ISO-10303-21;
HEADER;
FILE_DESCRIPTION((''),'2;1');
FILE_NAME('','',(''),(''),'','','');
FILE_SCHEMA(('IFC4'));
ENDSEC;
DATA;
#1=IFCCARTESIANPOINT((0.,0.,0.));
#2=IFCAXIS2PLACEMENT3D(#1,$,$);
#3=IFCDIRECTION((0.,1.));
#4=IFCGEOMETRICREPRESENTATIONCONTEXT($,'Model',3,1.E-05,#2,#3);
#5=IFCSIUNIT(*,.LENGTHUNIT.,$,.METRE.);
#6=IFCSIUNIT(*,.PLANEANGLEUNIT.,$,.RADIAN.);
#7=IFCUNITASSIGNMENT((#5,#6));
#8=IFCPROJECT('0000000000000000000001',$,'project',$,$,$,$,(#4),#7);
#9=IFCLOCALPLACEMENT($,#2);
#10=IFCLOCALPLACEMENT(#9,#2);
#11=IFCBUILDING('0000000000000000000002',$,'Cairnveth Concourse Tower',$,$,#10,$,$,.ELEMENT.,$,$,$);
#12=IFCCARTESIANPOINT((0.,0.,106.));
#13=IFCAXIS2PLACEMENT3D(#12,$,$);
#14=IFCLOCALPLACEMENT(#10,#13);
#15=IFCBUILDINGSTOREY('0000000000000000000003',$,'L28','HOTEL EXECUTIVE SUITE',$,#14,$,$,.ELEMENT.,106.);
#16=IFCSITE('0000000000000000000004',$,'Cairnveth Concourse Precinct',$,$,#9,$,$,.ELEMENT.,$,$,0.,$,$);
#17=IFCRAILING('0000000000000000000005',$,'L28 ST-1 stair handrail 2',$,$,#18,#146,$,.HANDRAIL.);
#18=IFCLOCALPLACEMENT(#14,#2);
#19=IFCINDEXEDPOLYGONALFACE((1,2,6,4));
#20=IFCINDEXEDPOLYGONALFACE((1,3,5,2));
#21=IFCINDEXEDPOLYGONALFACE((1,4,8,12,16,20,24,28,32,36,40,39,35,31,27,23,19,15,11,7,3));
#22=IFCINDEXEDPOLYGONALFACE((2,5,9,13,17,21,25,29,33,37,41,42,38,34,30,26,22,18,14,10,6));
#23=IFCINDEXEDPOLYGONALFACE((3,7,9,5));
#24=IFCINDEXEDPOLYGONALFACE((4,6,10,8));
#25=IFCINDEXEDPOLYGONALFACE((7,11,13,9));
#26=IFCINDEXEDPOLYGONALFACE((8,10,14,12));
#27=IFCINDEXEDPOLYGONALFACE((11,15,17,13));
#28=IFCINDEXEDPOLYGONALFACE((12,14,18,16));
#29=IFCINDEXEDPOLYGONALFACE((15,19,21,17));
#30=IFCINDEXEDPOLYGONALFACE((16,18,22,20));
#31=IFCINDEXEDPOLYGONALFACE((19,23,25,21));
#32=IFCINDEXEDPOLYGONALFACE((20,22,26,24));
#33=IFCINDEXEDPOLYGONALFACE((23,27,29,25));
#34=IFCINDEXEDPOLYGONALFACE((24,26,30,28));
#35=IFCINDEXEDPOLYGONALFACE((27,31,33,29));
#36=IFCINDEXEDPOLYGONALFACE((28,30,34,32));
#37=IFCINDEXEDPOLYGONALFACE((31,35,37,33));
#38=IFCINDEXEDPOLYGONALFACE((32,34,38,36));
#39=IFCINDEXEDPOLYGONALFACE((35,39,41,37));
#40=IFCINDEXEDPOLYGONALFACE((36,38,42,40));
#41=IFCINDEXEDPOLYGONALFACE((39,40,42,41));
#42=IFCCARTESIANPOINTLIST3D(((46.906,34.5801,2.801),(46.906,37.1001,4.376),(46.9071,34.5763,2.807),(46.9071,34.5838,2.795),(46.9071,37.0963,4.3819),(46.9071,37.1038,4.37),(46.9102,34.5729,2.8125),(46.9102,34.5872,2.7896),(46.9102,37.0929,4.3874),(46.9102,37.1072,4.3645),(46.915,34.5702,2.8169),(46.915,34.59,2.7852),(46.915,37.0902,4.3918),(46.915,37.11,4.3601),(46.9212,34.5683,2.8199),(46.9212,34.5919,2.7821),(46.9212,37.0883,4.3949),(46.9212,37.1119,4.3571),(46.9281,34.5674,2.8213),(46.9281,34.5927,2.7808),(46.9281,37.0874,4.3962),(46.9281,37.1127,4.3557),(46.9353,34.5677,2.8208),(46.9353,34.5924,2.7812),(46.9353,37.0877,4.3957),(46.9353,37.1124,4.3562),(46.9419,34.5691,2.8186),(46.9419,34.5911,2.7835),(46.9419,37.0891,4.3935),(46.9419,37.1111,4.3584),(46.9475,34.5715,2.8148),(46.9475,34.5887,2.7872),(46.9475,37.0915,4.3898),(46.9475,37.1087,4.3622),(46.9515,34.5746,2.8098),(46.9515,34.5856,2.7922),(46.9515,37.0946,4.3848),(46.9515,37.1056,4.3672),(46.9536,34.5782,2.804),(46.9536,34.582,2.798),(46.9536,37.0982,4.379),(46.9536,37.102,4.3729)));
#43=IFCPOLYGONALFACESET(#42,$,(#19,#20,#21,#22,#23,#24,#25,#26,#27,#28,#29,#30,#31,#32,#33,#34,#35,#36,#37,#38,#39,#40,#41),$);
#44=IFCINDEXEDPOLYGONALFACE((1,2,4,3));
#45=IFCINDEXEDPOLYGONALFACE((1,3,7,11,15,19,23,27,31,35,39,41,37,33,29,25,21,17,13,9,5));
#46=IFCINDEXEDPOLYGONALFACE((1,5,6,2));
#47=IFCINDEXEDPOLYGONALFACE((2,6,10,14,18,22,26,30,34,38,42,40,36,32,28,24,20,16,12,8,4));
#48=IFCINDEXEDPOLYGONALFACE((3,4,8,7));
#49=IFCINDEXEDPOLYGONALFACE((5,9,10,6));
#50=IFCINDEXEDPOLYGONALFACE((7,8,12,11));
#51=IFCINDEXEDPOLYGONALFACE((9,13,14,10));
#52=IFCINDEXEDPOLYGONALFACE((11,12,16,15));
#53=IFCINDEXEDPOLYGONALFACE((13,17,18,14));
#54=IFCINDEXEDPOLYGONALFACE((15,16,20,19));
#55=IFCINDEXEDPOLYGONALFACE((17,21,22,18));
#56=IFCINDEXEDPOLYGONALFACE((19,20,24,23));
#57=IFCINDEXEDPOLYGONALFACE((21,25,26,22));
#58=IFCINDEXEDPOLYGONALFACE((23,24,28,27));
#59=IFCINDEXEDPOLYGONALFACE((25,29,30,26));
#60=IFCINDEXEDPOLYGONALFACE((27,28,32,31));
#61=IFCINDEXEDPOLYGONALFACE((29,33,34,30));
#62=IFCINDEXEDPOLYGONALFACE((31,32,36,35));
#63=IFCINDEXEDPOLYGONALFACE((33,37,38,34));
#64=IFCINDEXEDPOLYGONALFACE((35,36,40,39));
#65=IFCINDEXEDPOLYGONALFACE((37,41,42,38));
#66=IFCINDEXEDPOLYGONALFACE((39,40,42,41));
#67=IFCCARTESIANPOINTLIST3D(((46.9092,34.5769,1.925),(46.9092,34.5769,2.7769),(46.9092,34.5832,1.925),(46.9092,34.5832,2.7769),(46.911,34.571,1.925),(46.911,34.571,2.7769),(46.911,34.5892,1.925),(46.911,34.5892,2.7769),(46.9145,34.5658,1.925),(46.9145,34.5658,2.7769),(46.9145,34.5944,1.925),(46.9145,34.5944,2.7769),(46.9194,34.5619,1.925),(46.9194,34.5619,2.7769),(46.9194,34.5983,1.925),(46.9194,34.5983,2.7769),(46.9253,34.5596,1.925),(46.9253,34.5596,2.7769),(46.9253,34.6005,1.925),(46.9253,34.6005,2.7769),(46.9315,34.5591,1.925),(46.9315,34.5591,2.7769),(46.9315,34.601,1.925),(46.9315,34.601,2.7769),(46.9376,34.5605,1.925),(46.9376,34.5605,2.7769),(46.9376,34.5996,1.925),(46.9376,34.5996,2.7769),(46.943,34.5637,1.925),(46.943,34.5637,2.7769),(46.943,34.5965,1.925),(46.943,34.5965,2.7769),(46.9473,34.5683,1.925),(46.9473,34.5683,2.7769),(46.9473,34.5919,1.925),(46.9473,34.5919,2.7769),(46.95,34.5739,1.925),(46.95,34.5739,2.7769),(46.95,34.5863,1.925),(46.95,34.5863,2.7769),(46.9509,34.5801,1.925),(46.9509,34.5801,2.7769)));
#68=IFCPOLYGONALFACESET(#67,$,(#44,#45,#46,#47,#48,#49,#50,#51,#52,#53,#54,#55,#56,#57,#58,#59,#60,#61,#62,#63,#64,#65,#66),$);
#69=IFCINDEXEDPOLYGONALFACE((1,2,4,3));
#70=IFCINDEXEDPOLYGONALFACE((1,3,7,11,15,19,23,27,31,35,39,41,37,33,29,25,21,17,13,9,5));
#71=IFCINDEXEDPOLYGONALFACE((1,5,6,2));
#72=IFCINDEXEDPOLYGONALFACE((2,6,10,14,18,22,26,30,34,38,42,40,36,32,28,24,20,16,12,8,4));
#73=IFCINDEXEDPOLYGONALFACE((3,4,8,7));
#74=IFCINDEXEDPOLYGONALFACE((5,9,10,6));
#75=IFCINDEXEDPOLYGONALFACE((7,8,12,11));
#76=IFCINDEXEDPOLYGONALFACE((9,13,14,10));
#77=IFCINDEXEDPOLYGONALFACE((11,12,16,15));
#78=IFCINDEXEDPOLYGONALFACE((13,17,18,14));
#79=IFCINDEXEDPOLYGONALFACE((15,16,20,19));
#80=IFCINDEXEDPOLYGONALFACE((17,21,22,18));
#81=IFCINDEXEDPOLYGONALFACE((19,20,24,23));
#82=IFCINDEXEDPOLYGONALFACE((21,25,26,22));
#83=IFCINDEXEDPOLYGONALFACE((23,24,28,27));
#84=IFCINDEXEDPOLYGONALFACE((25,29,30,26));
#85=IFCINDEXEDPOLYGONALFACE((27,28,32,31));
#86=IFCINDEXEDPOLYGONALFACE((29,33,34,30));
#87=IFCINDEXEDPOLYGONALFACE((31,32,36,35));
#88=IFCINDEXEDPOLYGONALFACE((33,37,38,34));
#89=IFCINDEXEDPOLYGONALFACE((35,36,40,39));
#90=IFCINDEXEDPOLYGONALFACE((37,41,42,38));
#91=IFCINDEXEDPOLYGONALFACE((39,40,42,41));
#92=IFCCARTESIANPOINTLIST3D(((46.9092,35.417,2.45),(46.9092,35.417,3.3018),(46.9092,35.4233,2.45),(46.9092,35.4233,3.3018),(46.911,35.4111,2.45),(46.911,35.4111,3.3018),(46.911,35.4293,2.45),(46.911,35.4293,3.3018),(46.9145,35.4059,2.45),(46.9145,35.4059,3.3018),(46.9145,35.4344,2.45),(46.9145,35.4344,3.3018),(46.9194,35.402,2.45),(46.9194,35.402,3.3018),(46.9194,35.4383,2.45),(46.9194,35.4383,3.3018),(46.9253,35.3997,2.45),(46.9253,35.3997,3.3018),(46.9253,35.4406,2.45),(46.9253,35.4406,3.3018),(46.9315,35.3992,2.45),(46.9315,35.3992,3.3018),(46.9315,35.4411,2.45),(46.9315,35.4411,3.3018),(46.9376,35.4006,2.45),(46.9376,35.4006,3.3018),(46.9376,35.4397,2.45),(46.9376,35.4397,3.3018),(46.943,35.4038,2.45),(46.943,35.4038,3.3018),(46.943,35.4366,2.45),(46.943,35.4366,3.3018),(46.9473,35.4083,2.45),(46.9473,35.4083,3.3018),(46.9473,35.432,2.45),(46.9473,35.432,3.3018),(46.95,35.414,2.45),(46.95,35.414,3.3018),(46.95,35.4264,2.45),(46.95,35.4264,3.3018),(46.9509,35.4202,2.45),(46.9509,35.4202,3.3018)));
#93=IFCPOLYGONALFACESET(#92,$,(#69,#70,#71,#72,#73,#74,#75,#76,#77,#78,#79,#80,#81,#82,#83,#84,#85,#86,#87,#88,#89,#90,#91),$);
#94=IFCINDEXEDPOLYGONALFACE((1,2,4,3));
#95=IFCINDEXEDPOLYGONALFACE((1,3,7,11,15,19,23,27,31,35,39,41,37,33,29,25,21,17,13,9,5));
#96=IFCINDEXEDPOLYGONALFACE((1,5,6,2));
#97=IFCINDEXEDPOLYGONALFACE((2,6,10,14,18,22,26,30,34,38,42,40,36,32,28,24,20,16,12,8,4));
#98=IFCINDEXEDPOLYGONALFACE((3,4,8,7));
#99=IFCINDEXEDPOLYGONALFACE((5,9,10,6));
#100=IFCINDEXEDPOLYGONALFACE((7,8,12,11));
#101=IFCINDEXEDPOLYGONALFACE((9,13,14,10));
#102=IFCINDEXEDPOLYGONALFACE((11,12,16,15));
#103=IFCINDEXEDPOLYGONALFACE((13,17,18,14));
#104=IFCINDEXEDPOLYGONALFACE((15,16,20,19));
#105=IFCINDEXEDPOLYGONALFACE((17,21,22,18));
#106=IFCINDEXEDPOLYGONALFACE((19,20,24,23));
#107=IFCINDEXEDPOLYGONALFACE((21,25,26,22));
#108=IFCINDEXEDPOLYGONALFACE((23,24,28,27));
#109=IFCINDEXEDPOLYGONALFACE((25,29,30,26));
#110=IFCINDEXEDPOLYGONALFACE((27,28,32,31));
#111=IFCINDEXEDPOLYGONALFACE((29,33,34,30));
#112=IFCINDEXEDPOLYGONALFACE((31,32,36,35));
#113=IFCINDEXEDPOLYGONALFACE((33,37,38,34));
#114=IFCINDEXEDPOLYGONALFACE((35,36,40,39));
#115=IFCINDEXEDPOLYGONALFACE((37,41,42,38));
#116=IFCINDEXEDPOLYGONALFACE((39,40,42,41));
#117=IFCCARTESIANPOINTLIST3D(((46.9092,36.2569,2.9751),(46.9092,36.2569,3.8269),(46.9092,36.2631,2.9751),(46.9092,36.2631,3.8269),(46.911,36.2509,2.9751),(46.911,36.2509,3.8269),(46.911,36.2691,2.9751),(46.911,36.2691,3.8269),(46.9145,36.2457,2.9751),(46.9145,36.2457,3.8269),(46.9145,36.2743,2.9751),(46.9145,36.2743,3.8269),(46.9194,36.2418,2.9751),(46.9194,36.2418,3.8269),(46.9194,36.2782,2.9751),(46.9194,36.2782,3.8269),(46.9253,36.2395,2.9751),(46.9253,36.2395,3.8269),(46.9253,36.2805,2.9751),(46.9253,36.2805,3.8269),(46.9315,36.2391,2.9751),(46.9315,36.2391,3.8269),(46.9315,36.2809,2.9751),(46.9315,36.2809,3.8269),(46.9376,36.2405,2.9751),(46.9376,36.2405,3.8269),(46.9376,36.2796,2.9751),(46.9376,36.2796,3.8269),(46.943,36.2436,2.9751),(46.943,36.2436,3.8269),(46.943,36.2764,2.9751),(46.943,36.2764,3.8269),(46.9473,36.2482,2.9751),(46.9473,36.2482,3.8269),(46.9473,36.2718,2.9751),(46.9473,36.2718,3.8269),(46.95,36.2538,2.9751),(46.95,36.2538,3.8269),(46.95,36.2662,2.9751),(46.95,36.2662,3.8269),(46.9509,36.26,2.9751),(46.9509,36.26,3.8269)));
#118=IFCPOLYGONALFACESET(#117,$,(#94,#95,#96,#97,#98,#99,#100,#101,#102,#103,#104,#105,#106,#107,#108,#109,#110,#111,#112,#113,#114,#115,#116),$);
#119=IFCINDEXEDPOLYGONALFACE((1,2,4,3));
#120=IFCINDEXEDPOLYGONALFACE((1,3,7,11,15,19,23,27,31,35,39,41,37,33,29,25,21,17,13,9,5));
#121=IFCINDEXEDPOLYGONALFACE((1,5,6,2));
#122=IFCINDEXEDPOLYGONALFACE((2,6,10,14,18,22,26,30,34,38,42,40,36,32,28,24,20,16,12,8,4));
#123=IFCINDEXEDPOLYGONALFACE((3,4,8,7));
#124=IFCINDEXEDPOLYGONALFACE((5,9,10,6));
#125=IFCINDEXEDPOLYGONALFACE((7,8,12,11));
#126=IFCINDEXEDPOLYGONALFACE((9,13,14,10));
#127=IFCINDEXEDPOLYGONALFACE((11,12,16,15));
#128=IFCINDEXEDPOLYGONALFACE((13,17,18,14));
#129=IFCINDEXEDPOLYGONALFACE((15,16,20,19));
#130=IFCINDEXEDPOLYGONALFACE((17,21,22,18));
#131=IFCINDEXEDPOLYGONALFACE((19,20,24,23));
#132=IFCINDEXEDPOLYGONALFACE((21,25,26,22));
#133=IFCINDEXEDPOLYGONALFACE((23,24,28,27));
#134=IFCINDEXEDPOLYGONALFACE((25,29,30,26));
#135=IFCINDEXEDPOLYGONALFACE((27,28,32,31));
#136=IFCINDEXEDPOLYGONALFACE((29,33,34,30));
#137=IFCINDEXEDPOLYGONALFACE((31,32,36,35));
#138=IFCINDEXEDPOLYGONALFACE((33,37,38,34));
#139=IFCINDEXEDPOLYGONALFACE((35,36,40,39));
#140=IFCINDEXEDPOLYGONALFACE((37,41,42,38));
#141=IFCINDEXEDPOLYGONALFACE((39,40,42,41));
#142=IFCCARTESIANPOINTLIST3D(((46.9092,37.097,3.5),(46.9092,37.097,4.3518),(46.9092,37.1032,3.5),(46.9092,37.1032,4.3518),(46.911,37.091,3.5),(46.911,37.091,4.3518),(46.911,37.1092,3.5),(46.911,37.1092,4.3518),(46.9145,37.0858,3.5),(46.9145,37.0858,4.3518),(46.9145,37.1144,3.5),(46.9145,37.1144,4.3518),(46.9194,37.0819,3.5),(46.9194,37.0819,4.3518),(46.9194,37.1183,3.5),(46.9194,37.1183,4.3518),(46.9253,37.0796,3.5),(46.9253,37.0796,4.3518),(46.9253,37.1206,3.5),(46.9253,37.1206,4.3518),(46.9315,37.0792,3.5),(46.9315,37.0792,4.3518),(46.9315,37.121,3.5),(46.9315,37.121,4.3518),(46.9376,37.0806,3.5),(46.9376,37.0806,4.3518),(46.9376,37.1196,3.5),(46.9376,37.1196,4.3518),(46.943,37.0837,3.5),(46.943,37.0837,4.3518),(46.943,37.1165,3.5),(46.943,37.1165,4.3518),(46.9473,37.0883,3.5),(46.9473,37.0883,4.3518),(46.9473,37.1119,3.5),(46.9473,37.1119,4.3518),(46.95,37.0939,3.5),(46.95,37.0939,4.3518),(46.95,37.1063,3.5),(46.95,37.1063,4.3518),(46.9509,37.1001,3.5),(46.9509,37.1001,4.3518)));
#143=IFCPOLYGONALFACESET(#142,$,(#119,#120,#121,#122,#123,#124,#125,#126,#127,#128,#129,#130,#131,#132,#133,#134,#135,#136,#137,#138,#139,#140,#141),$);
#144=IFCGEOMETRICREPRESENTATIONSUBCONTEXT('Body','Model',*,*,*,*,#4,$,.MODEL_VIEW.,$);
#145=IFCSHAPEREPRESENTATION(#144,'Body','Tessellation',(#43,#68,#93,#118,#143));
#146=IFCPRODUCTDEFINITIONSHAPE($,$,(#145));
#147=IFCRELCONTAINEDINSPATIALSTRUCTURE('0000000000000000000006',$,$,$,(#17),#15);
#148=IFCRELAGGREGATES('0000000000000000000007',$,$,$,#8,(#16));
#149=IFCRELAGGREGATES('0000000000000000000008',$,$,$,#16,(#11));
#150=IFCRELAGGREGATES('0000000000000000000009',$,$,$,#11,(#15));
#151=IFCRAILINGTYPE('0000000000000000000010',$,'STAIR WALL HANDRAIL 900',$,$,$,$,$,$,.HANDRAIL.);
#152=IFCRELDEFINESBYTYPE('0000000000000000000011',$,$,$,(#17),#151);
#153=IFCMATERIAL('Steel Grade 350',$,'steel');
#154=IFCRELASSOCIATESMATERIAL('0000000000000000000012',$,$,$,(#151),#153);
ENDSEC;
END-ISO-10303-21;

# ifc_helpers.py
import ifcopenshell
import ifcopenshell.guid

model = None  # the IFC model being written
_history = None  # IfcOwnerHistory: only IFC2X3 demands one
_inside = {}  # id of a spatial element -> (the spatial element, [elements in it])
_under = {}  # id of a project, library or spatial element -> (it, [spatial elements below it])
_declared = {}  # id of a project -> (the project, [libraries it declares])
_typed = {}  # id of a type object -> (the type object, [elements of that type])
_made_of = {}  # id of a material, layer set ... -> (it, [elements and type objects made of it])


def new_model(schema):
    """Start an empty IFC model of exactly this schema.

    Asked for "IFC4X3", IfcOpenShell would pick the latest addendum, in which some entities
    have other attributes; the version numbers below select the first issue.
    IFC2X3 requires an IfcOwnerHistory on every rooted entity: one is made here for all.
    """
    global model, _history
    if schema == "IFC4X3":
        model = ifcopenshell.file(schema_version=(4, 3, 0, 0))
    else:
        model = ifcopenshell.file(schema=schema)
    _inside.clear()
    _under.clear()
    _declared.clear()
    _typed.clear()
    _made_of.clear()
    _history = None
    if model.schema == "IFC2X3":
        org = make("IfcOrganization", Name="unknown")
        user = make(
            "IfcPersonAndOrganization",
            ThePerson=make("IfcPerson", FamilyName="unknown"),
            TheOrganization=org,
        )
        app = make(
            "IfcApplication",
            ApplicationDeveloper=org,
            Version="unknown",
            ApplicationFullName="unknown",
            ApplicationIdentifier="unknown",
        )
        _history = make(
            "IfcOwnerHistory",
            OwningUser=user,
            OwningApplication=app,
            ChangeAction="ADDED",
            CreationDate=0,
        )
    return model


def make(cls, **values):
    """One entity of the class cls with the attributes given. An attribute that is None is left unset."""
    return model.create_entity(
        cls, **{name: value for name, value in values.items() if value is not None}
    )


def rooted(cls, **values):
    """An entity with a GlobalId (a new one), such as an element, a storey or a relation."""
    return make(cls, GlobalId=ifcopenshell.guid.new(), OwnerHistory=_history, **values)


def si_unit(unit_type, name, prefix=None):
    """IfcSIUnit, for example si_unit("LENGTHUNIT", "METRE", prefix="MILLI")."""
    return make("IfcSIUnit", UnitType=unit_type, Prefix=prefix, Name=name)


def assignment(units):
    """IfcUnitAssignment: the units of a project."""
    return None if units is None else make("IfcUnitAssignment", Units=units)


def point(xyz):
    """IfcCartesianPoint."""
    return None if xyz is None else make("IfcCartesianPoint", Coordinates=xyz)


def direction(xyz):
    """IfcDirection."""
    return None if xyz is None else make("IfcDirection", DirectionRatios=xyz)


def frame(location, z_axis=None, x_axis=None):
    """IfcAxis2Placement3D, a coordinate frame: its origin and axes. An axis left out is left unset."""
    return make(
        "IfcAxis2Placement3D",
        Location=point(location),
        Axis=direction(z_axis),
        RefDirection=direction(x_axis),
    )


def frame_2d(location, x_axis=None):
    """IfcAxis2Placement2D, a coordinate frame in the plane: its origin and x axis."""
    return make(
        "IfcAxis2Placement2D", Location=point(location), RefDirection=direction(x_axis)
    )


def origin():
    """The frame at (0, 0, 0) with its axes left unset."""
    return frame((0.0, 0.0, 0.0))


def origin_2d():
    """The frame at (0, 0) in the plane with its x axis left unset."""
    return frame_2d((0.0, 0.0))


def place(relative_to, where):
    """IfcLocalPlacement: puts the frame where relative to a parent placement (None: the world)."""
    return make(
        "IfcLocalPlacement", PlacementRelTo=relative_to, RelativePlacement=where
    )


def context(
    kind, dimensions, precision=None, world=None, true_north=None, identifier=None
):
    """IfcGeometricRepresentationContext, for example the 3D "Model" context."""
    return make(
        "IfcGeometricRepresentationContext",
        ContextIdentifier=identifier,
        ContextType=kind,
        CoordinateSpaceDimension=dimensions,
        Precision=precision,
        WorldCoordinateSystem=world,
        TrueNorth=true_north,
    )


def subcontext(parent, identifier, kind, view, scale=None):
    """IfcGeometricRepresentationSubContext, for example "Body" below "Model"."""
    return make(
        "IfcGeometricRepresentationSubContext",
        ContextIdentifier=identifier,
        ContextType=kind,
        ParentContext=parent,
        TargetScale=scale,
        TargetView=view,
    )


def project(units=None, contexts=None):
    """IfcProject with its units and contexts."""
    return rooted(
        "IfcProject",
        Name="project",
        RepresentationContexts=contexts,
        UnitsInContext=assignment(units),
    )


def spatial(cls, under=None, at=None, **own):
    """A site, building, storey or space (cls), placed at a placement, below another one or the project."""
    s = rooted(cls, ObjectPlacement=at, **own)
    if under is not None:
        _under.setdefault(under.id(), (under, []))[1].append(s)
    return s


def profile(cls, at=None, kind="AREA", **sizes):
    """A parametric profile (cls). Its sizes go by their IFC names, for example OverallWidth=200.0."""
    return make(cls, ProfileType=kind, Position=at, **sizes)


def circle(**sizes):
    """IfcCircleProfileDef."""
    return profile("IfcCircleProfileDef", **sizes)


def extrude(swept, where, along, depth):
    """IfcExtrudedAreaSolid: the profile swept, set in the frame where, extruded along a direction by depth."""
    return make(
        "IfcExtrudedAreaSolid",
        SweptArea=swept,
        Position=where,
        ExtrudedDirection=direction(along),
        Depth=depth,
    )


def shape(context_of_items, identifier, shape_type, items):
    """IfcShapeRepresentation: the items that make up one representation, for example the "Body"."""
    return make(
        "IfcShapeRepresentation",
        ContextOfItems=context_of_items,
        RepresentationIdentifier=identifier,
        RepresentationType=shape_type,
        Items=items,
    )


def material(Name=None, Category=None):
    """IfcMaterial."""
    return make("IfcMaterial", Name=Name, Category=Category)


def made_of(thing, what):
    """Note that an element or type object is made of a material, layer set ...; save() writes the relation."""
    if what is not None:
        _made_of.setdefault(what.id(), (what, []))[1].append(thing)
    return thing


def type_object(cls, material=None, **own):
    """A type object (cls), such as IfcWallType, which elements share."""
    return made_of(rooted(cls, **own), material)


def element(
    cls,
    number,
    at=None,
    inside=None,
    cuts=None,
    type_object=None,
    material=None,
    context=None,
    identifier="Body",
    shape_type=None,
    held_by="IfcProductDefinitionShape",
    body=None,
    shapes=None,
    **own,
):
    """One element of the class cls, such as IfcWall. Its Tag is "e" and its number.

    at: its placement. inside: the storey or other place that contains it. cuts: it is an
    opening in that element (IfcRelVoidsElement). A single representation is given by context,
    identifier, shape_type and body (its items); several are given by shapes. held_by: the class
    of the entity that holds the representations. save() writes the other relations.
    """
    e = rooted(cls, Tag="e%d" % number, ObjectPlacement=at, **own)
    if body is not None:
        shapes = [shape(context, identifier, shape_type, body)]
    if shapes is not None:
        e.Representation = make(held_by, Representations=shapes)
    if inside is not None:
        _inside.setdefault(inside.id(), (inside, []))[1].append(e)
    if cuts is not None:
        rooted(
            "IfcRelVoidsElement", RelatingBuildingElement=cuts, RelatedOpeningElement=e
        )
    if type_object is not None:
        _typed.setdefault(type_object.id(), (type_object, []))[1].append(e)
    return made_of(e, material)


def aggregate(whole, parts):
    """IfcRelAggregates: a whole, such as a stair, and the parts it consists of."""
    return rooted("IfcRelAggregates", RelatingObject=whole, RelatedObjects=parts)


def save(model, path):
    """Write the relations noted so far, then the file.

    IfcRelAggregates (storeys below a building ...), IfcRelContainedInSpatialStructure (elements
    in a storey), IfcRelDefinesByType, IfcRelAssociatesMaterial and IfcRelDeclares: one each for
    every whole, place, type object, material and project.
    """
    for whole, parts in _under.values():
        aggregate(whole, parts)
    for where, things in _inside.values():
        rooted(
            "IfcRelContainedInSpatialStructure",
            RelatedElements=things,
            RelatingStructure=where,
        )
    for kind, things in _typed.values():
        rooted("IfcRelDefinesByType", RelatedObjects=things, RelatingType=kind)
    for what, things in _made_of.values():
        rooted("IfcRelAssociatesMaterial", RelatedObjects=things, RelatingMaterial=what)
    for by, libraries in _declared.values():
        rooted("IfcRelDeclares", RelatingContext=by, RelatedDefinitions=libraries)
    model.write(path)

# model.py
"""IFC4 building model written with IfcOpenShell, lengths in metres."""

from ifc_helpers import new_model, si_unit, direction, frame, origin, origin_2d, place, context, subcontext, project, spatial, circle, extrude, material, type_object, element, save


model = new_model("IFC4")

# Units and contexts
model_context = context("Model", 3, precision=1e-05, world=origin(), true_north=direction((0.0, 1.0)))
body_context = subcontext(model_context, "Body", "Model", "MODEL_VIEW")
ifc_project = project(units=[si_unit("LENGTHUNIT", "METRE"), si_unit("PLANEANGLEUNIT", "RADIAN")], contexts=[model_context])

# Site, building, storey
site_placement = place(None, origin())
site = spatial("IfcSite", under=ifc_project, at=site_placement, Name="Cairnveth Concourse Precinct", CompositionType="ELEMENT", RefElevation=0.0)
building_placement = place(site_placement, origin())
building = spatial("IfcBuilding", under=site, at=building_placement, Name="Cairnveth Concourse Tower", CompositionType="ELEMENT")
storey_placement = place(building_placement, frame((0.0, 0.0, 106.0)))
storey = spatial("IfcBuildingStorey", under=building, at=storey_placement, Name="L28", Description="HOTEL EXECUTIVE SUITE", CompositionType="ELEMENT", Elevation=106.0)

# Railing
ifc_material_1 = material(Name="Steel Grade 350", Category="steel")
railing_type_1 = type_object("IfcRailingType", Name="STAIR WALL HANDRAIL 900", PredefinedType="HANDRAIL", material=ifc_material_1)
railing_1_placement = place(storey_placement, frame((46.9299, 34.5801, 1.925)))
element("IfcRailing", 1, at=railing_1_placement, inside=storey, type_object=railing_type_1, Name="L28 ST-1 stair handrail 2", PredefinedType="HANDRAIL", context=body_context, shape_type="SweptSolid", body=[
    extrude(circle(Radius=0.0239, at=origin_2d()), frame((0.0, 0.0, 0.876), z_axis=(0.0, 0.848008, 0.529984), x_axis=(-1.0, 0.0, 0.0)), (0.0, 0.0, 1.0), 2.9717),
    extrude(circle(Radius=0.021, at=origin_2d()), origin(), (0.0, 0.0, 1.0), 0.8518),
    extrude(circle(Radius=0.021, at=origin_2d()), frame((0.0, 0.8401, 0.5249)), (0.0, 0.0, 1.0), 0.8518),
    extrude(circle(Radius=0.021, at=origin_2d()), frame((0.0, 1.6799, 1.05)), (0.0, 0.0, 1.0), 0.8518),
    extrude(circle(Radius=0.021, at=origin_2d()), frame((0.0, 2.52, 1.575)), (0.0, 0.0, 1.0), 0.8518),
])

save(model, "model.ifc")
